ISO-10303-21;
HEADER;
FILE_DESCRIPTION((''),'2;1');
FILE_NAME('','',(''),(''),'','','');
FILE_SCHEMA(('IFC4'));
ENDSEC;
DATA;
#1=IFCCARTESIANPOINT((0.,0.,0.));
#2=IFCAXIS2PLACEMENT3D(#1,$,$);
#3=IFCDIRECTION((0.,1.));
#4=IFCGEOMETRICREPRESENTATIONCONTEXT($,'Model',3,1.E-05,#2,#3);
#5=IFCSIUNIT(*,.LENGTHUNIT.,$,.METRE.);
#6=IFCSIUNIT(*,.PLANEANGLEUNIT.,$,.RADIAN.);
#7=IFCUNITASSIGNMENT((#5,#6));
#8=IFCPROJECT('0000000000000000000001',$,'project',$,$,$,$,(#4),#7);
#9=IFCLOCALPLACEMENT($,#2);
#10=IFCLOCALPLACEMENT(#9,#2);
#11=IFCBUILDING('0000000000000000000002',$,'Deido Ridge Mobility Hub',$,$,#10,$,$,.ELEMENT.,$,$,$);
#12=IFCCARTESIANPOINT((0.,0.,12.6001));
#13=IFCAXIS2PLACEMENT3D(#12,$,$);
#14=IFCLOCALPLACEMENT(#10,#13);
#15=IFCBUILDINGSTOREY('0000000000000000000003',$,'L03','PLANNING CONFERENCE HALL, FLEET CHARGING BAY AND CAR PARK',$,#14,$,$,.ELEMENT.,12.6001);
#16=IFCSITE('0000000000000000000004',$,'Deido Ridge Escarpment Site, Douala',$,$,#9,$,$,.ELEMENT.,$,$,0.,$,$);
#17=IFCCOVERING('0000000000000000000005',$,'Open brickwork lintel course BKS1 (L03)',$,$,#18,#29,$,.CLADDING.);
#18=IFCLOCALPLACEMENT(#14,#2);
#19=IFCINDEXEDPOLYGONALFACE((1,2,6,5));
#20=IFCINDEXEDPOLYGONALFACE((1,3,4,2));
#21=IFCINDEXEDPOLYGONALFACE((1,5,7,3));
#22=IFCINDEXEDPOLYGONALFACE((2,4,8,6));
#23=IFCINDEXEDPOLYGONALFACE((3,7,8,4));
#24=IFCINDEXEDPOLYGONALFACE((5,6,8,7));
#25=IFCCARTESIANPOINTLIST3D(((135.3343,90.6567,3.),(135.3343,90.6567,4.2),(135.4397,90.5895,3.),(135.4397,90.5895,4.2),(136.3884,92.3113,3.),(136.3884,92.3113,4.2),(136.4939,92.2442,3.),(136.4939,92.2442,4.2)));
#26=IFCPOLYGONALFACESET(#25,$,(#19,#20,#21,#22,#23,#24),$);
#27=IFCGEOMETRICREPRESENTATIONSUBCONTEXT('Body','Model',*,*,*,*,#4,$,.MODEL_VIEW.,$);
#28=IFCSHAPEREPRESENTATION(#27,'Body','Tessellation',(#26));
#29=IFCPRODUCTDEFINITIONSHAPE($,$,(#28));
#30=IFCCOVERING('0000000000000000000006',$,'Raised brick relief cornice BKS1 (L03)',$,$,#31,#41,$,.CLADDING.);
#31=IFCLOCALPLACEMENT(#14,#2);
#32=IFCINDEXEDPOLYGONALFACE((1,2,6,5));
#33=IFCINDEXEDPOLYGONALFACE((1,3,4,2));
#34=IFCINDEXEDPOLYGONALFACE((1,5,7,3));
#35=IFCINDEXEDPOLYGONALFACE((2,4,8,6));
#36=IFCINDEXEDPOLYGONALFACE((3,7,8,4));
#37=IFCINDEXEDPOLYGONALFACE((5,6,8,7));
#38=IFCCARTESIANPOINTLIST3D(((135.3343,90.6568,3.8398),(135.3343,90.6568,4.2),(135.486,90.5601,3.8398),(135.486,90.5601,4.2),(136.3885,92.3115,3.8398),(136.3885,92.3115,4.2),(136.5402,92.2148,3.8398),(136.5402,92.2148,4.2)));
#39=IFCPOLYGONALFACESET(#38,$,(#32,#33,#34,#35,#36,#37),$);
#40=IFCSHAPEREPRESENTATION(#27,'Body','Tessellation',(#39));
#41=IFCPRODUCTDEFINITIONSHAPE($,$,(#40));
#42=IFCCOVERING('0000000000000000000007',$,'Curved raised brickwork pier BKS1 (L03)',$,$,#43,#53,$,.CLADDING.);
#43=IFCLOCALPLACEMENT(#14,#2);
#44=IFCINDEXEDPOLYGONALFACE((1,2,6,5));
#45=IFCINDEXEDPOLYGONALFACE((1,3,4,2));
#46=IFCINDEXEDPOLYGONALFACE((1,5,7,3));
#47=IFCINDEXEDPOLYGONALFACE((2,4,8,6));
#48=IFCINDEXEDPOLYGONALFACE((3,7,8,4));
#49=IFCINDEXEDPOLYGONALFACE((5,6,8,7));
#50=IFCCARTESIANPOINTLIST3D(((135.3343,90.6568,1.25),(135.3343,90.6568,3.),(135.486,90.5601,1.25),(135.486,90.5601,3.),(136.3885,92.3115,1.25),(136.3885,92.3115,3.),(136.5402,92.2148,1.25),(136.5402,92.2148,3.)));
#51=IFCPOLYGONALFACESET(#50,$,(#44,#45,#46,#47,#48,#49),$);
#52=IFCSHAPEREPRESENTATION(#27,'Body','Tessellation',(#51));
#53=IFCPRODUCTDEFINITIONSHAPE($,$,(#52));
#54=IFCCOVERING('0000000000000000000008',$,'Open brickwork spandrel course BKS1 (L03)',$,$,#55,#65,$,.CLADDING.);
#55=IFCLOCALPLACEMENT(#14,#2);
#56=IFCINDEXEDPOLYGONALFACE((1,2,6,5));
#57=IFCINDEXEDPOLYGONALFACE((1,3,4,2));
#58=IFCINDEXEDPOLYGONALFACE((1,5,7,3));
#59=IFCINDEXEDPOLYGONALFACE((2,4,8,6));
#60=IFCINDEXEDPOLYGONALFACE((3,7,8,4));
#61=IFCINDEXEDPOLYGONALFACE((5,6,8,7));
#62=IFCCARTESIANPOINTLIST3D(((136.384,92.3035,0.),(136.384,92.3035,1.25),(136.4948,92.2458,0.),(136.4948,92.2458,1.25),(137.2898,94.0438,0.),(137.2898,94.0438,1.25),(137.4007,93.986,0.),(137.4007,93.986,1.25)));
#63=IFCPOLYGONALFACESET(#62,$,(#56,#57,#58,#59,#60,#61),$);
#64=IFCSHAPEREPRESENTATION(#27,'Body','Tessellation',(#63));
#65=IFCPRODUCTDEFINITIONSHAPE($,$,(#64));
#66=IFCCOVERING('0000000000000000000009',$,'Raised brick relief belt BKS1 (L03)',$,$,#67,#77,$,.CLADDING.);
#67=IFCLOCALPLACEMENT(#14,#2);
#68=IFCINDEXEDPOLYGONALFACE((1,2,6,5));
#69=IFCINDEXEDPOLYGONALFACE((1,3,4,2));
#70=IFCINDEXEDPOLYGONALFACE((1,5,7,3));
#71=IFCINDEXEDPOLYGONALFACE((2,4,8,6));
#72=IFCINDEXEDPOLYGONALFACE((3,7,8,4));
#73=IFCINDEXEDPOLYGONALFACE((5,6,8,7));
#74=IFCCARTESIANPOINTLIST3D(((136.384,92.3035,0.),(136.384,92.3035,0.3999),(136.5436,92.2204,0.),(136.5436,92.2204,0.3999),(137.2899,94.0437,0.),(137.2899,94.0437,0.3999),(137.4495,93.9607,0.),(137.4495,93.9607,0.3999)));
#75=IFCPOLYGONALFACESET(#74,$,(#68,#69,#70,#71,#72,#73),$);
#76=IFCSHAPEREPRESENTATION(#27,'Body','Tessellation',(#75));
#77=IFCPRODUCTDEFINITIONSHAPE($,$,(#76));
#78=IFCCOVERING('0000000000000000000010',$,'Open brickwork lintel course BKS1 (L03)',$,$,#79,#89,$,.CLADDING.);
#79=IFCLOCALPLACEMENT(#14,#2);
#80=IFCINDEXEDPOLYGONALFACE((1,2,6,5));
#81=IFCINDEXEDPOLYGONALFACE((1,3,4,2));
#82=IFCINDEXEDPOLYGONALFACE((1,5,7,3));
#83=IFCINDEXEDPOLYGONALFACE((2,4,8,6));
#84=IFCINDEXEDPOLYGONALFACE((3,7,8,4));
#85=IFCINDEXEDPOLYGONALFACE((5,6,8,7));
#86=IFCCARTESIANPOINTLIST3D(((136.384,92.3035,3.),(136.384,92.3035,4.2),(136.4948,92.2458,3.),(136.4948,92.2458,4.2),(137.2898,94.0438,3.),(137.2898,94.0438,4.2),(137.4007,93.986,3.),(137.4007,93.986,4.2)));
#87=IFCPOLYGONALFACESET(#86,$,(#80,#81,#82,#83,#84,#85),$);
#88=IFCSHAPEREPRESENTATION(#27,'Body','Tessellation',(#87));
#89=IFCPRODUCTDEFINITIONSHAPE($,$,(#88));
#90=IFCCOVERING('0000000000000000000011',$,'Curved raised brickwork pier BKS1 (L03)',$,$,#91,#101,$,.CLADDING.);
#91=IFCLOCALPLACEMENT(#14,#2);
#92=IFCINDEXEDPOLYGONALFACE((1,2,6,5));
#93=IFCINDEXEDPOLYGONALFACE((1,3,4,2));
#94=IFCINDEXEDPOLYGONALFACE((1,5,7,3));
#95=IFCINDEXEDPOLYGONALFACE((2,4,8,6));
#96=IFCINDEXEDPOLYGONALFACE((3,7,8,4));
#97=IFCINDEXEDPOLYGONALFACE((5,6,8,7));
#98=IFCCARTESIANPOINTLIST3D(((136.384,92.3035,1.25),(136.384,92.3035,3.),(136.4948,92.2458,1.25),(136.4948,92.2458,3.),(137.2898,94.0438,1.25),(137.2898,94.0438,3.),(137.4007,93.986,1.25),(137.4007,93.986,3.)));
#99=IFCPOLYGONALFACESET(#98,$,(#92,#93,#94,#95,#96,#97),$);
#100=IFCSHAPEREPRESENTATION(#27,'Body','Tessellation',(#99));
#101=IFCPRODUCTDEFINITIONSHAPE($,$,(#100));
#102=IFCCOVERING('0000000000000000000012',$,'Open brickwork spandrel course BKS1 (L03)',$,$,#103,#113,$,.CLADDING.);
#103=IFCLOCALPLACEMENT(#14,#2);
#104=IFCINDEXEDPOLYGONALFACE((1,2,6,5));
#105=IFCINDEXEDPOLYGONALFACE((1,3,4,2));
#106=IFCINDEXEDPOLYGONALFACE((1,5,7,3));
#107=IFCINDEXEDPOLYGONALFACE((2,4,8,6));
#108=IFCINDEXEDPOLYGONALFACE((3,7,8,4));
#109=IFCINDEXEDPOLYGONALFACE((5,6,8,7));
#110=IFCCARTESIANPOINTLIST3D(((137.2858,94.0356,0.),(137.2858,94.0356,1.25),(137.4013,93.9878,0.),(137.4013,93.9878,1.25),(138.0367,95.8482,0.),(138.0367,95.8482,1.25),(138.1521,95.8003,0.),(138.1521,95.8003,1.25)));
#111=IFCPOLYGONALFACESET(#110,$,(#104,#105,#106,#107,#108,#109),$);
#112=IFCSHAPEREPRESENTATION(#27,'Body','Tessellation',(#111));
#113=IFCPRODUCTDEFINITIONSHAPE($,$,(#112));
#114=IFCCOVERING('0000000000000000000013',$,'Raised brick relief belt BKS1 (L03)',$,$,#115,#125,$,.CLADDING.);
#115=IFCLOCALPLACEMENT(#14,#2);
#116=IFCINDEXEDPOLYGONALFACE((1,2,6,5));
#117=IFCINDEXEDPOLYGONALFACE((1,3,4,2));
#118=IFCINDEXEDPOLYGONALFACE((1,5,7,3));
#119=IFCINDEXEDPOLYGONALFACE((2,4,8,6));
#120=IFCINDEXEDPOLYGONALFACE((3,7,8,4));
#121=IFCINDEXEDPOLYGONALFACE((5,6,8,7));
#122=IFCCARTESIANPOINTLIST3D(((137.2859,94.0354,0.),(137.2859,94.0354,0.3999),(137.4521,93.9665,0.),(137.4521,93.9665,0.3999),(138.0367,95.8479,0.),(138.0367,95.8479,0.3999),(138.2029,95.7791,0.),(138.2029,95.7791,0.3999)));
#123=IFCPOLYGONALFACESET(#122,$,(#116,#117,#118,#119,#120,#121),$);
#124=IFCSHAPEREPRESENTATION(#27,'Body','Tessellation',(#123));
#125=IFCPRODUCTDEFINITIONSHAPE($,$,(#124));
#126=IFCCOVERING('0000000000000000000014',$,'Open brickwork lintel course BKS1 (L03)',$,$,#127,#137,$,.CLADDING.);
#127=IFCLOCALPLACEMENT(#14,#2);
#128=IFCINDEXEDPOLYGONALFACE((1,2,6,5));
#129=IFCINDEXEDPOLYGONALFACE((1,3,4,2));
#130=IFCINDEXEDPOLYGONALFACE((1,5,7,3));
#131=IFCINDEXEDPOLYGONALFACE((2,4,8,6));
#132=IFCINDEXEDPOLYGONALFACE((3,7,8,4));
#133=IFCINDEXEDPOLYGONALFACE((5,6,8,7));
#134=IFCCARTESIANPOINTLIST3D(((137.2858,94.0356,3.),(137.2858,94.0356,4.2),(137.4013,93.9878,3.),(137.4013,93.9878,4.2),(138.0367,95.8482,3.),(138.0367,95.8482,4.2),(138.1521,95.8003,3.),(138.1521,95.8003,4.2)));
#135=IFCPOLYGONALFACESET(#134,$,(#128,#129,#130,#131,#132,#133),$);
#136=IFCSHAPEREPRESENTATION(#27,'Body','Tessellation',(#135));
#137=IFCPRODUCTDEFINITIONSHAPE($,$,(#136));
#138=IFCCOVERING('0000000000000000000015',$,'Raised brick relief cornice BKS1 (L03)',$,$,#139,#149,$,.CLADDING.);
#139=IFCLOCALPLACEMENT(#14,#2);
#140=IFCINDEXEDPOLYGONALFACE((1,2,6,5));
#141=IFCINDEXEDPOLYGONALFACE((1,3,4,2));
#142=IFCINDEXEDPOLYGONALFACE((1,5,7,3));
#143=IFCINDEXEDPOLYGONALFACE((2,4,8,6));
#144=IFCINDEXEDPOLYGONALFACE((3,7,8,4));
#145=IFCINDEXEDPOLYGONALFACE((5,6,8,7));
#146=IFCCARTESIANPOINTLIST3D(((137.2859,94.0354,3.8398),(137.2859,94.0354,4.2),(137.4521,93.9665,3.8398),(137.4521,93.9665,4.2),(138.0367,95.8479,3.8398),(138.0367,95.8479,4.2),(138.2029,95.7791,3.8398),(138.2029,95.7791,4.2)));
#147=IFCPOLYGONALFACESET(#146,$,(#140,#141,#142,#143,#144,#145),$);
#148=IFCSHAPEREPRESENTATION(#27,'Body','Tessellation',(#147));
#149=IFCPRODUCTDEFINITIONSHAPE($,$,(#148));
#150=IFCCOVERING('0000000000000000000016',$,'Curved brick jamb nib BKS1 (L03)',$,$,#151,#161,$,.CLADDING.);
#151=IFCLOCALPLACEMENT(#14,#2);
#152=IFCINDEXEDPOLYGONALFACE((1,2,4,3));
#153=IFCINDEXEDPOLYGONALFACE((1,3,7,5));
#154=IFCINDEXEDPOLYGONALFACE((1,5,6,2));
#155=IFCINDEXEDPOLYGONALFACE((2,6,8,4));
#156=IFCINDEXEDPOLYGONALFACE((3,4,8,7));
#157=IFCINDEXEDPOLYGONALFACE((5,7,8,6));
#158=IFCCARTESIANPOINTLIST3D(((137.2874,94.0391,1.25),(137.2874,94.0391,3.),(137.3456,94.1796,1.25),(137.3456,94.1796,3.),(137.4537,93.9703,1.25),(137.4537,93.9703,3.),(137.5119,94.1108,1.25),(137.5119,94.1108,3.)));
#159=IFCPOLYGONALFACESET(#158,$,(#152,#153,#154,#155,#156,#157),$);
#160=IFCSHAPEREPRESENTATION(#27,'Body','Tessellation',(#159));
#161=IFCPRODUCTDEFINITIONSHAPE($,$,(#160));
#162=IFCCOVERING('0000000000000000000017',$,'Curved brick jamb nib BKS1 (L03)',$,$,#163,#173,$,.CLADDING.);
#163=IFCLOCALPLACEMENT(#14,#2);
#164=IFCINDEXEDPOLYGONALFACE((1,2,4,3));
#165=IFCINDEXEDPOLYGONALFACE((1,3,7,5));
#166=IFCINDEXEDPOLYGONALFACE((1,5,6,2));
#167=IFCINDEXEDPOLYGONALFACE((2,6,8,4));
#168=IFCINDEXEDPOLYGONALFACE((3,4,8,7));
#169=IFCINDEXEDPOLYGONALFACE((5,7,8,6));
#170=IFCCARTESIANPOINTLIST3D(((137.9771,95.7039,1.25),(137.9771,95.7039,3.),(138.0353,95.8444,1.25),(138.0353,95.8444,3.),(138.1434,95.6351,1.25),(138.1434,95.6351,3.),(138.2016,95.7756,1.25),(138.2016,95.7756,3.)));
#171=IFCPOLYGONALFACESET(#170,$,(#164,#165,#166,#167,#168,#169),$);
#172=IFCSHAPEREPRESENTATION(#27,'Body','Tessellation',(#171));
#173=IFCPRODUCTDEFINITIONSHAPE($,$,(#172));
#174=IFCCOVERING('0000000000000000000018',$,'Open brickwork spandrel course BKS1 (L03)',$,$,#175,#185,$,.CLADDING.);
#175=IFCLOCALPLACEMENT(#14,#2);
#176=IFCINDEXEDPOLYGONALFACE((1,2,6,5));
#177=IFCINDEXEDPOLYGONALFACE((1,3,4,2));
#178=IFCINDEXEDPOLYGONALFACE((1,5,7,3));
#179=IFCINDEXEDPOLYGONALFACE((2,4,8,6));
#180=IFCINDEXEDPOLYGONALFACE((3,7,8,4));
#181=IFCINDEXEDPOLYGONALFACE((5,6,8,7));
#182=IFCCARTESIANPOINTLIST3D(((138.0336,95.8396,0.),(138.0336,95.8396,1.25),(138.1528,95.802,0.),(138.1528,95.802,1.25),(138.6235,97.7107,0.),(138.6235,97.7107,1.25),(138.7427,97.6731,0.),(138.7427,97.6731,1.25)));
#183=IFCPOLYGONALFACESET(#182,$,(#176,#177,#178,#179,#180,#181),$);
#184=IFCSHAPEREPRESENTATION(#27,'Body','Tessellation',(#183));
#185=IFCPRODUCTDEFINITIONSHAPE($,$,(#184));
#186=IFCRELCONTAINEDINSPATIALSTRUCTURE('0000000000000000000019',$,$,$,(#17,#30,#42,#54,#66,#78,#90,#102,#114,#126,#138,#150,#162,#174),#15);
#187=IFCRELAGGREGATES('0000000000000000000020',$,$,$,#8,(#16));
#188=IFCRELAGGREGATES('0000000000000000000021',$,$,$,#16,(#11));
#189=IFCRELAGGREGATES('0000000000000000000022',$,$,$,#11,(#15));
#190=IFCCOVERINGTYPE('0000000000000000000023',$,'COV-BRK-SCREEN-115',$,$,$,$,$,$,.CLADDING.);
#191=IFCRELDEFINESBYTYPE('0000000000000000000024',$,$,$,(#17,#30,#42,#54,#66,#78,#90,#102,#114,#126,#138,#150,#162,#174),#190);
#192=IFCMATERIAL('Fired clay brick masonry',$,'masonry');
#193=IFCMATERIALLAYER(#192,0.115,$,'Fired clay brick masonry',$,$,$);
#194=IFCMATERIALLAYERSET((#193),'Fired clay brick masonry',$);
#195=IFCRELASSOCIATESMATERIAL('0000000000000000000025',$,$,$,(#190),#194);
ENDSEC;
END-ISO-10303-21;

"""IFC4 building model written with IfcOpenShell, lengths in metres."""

from ifc_helpers import new_model, si_unit, direction, frame, origin, origin_2d, place, context, subcontext, project, spatial, rectangle, extrude, material, layer, layer_set, type_object, element, save


model = new_model("IFC4")

# Units and contexts
model_context = context("Model", 3, precision=1e-05, world=origin(), true_north=direction((0.0, 1.0)))
body_context = subcontext(model_context, "Body", "Model", "MODEL_VIEW")
ifc_project = project(units=[si_unit("LENGTHUNIT", "METRE"), si_unit("PLANEANGLEUNIT", "RADIAN")], contexts=[model_context])

# Site, building, storey
site_placement = place(None, origin())
site = spatial("IfcSite", under=ifc_project, at=site_placement, Name="Deido Ridge Escarpment Site, Douala", CompositionType="ELEMENT", RefElevation=0.0)
building_placement = place(site_placement, origin())
building = spatial("IfcBuilding", under=site, at=building_placement, Name="Deido Ridge Mobility Hub", CompositionType="ELEMENT")
storey_placement = place(building_placement, frame((0.0, 0.0, 12.6001)))
storey = spatial("IfcBuildingStorey", under=building, at=storey_placement, Name="L03", Description="PLANNING CONFERENCE HALL, FLEET CHARGING BAY AND CAR PARK", CompositionType="ELEMENT", Elevation=12.6001)

# Coverings
ifc_material_1 = material(Name="Fired clay brick masonry", Category="masonry")
ifc_layer = layer(ifc_material_1, 0.115, Name="Fired clay brick masonry")
ifc_layer_set = layer_set([ifc_layer], Name="Fired clay brick masonry")
covering_type = type_object("IfcCoveringType", Name="COV-BRK-SCREEN-115", PredefinedType="CLADDING", material=ifc_layer_set)
covering_1_placement = place(storey_placement, frame((135.9141, 91.4504, 3.0), z_axis=(0.0, 0.0, 1.0), x_axis=(0.537314, 0.843382, 0.0)))
element("IfcCovering", 1, at=covering_1_placement, inside=storey, type_object=covering_type, Name="Open brickwork lintel course BKS1 (L03)", PredefinedType="CLADDING", context=body_context, shape_type="SweptSolid", body=[
    extrude(rectangle(XDim=1.9619, YDim=0.125, at=origin_2d()), origin(), (0.0, 0.0, 1.0), 1.2),
])
covering_2_placement = place(storey_placement, frame((135.9373, 91.4358, 3.8398), z_axis=(0.0, 0.0, 1.0), x_axis=(0.537314, 0.843382, 0.0)))
element("IfcCovering", 2, at=covering_2_placement, inside=storey, type_object=covering_type, Name="Raised brick relief cornice BKS1 (L03)", PredefinedType="CLADDING", context=body_context, shape_type="SweptSolid", body=[
    extrude(rectangle(XDim=1.9619, YDim=0.1799, at=origin_2d()), origin(), (0.0, 0.0, 1.0), 0.3601),
])
covering_3_placement = place(storey_placement, frame((135.9373, 91.4358, 1.25), z_axis=(0.0, 0.0, 1.0), x_axis=(0.537314, 0.843382, 0.0)))
element("IfcCovering", 3, at=covering_3_placement, inside=storey, type_object=covering_type, Name="Curved raised brickwork pier BKS1 (L03)", PredefinedType="CLADDING", context=body_context, shape_type="SweptSolid", body=[
    extrude(rectangle(XDim=1.9619, YDim=0.1799, at=origin_2d()), origin(), (0.0, 0.0, 1.0), 1.75),
])
covering_4_placement = place(storey_placement, frame((136.8923, 93.1448, 0.0), z_axis=(0.0, 0.0, 1.0), x_axis=(0.461733, 0.887019, 0.0)))
element("IfcCovering", 4, at=covering_4_placement, inside=storey, type_object=covering_type, Name="Open brickwork spandrel course BKS1 (L03)", PredefinedType="CLADDING", context=body_context, shape_type="SweptSolid", body=[
    extrude(rectangle(XDim=1.9619, YDim=0.125, at=origin_2d()), origin(), (0.0, 0.0, 1.0), 1.25),
])
covering_5_placement = place(storey_placement, frame((136.9167, 93.1321, 0.0), z_axis=(0.0, 0.0, 1.0), x_axis=(0.461733, 0.887019, 0.0)))
element("IfcCovering", 5, at=covering_5_placement, inside=storey, type_object=covering_type, Name="Raised brick relief belt BKS1 (L03)", PredefinedType="CLADDING", context=body_context, shape_type="SweptSolid", body=[
    extrude(rectangle(XDim=1.9619, YDim=0.1799, at=origin_2d()), origin(), (0.0, 0.0, 1.0), 0.3999),
])
covering_6_placement = place(storey_placement, frame((136.8923, 93.1448, 3.0), z_axis=(0.0, 0.0, 1.0), x_axis=(0.461733, 0.887019, 0.0)))
element("IfcCovering", 6, at=covering_6_placement, inside=storey, type_object=covering_type, Name="Open brickwork lintel course BKS1 (L03)", PredefinedType="CLADDING", context=body_context, shape_type="SweptSolid", body=[
    extrude(rectangle(XDim=1.9619, YDim=0.125, at=origin_2d()), origin(), (0.0, 0.0, 1.0), 1.2),
])
covering_7_placement = place(storey_placement, frame((136.8923, 93.1448, 1.25), z_axis=(0.0, 0.0, 1.0), x_axis=(0.461733, 0.887019, 0.0)))
element("IfcCovering", 7, at=covering_7_placement, inside=storey, type_object=covering_type, Name="Curved raised brickwork pier BKS1 (L03)", PredefinedType="CLADDING", context=body_context, shape_type="SweptSolid", body=[
    extrude(rectangle(XDim=1.9619, YDim=0.125, at=origin_2d()), origin(), (0.0, 0.0, 1.0), 1.75),
])
covering_8_placement = place(storey_placement, frame((137.719, 94.918, 0.0), z_axis=(0.0, 0.0, 1.0), x_axis=(0.3827, 0.923873, 0.0)))
element("IfcCovering", 8, at=covering_8_placement, inside=storey, type_object=covering_type, Name="Open brickwork spandrel course BKS1 (L03)", PredefinedType="CLADDING", context=body_context, shape_type="SweptSolid", body=[
    extrude(rectangle(XDim=1.9619, YDim=0.125, at=origin_2d()), origin(), (0.0, 0.0, 1.0), 1.25),
])
covering_9_placement = place(storey_placement, frame((137.7444, 94.9072, 0.0), z_axis=(0.0, 0.0, 1.0), x_axis=(0.3827, 0.923873, 0.0)))
element("IfcCovering", 9, at=covering_9_placement, inside=storey, type_object=covering_type, Name="Raised brick relief belt BKS1 (L03)", PredefinedType="CLADDING", context=body_context, shape_type="SweptSolid", body=[
    extrude(rectangle(XDim=1.9619, YDim=0.1799, at=origin_2d()), origin(), (0.0, 0.0, 1.0), 0.3999),
])
covering_10_placement = place(storey_placement, frame((137.719, 94.918, 3.0), z_axis=(0.0, 0.0, 1.0), x_axis=(0.3827, 0.923873, 0.0)))
element("IfcCovering", 10, at=covering_10_placement, inside=storey, type_object=covering_type, Name="Open brickwork lintel course BKS1 (L03)", PredefinedType="CLADDING", context=body_context, shape_type="SweptSolid", body=[
    extrude(rectangle(XDim=1.9619, YDim=0.125, at=origin_2d()), origin(), (0.0, 0.0, 1.0), 1.2),
])
covering_11_placement = place(storey_placement, frame((137.7444, 94.9072, 3.8398), z_axis=(0.0, 0.0, 1.0), x_axis=(0.3827, 0.923873, 0.0)))
element("IfcCovering", 11, at=covering_11_placement, inside=storey, type_object=covering_type, Name="Raised brick relief cornice BKS1 (L03)", PredefinedType="CLADDING", context=body_context, shape_type="SweptSolid", body=[
    extrude(rectangle(XDim=1.9619, YDim=0.1799, at=origin_2d()), origin(), (0.0, 0.0, 1.0), 0.3601),
])
for number, where, z_axis, x_axis, name in (
    (12, (137.3997, 94.075, 1.25), (0.0, 0.0, 1.0), (0.3827, 0.923873, 0.0), "Curved brick jamb nib BKS1 (L03)"),
    (13, (138.0894, 95.7397, 1.25), (0.0, 0.0, 1.0), (0.3827, 0.923873, 0.0), "Curved brick jamb nib BKS1 (L03)"),
):
    element("IfcCovering", number, at=place(storey_placement, frame(where, z_axis=z_axis, x_axis=x_axis)), inside=storey, type_object=covering_type, Name=name, PredefinedType="CLADDING", context=body_context, shape_type="SweptSolid", body=[
        extrude(rectangle(XDim=0.1521, YDim=0.1799, at=origin_2d()), origin(), (0.0, 0.0, 1.0), 1.75),
    ])
covering_12_placement = place(storey_placement, frame((138.3882, 96.7563, 0.0), z_axis=(0.0, 0.0, 1.0), x_axis=(0.300673, 0.953727, 0.0)))
element("IfcCovering", 14, at=covering_12_placement, inside=storey, type_object=covering_type, Name="Open brickwork spandrel course BKS1 (L03)", PredefinedType="CLADDING", context=body_context, shape_type="SweptSolid", body=[
    extrude(rectangle(XDim=1.9619, YDim=0.125, at=origin_2d()), origin(), (0.0, 0.0, 1.0), 1.25),
])

save(model, "model.ifc")
